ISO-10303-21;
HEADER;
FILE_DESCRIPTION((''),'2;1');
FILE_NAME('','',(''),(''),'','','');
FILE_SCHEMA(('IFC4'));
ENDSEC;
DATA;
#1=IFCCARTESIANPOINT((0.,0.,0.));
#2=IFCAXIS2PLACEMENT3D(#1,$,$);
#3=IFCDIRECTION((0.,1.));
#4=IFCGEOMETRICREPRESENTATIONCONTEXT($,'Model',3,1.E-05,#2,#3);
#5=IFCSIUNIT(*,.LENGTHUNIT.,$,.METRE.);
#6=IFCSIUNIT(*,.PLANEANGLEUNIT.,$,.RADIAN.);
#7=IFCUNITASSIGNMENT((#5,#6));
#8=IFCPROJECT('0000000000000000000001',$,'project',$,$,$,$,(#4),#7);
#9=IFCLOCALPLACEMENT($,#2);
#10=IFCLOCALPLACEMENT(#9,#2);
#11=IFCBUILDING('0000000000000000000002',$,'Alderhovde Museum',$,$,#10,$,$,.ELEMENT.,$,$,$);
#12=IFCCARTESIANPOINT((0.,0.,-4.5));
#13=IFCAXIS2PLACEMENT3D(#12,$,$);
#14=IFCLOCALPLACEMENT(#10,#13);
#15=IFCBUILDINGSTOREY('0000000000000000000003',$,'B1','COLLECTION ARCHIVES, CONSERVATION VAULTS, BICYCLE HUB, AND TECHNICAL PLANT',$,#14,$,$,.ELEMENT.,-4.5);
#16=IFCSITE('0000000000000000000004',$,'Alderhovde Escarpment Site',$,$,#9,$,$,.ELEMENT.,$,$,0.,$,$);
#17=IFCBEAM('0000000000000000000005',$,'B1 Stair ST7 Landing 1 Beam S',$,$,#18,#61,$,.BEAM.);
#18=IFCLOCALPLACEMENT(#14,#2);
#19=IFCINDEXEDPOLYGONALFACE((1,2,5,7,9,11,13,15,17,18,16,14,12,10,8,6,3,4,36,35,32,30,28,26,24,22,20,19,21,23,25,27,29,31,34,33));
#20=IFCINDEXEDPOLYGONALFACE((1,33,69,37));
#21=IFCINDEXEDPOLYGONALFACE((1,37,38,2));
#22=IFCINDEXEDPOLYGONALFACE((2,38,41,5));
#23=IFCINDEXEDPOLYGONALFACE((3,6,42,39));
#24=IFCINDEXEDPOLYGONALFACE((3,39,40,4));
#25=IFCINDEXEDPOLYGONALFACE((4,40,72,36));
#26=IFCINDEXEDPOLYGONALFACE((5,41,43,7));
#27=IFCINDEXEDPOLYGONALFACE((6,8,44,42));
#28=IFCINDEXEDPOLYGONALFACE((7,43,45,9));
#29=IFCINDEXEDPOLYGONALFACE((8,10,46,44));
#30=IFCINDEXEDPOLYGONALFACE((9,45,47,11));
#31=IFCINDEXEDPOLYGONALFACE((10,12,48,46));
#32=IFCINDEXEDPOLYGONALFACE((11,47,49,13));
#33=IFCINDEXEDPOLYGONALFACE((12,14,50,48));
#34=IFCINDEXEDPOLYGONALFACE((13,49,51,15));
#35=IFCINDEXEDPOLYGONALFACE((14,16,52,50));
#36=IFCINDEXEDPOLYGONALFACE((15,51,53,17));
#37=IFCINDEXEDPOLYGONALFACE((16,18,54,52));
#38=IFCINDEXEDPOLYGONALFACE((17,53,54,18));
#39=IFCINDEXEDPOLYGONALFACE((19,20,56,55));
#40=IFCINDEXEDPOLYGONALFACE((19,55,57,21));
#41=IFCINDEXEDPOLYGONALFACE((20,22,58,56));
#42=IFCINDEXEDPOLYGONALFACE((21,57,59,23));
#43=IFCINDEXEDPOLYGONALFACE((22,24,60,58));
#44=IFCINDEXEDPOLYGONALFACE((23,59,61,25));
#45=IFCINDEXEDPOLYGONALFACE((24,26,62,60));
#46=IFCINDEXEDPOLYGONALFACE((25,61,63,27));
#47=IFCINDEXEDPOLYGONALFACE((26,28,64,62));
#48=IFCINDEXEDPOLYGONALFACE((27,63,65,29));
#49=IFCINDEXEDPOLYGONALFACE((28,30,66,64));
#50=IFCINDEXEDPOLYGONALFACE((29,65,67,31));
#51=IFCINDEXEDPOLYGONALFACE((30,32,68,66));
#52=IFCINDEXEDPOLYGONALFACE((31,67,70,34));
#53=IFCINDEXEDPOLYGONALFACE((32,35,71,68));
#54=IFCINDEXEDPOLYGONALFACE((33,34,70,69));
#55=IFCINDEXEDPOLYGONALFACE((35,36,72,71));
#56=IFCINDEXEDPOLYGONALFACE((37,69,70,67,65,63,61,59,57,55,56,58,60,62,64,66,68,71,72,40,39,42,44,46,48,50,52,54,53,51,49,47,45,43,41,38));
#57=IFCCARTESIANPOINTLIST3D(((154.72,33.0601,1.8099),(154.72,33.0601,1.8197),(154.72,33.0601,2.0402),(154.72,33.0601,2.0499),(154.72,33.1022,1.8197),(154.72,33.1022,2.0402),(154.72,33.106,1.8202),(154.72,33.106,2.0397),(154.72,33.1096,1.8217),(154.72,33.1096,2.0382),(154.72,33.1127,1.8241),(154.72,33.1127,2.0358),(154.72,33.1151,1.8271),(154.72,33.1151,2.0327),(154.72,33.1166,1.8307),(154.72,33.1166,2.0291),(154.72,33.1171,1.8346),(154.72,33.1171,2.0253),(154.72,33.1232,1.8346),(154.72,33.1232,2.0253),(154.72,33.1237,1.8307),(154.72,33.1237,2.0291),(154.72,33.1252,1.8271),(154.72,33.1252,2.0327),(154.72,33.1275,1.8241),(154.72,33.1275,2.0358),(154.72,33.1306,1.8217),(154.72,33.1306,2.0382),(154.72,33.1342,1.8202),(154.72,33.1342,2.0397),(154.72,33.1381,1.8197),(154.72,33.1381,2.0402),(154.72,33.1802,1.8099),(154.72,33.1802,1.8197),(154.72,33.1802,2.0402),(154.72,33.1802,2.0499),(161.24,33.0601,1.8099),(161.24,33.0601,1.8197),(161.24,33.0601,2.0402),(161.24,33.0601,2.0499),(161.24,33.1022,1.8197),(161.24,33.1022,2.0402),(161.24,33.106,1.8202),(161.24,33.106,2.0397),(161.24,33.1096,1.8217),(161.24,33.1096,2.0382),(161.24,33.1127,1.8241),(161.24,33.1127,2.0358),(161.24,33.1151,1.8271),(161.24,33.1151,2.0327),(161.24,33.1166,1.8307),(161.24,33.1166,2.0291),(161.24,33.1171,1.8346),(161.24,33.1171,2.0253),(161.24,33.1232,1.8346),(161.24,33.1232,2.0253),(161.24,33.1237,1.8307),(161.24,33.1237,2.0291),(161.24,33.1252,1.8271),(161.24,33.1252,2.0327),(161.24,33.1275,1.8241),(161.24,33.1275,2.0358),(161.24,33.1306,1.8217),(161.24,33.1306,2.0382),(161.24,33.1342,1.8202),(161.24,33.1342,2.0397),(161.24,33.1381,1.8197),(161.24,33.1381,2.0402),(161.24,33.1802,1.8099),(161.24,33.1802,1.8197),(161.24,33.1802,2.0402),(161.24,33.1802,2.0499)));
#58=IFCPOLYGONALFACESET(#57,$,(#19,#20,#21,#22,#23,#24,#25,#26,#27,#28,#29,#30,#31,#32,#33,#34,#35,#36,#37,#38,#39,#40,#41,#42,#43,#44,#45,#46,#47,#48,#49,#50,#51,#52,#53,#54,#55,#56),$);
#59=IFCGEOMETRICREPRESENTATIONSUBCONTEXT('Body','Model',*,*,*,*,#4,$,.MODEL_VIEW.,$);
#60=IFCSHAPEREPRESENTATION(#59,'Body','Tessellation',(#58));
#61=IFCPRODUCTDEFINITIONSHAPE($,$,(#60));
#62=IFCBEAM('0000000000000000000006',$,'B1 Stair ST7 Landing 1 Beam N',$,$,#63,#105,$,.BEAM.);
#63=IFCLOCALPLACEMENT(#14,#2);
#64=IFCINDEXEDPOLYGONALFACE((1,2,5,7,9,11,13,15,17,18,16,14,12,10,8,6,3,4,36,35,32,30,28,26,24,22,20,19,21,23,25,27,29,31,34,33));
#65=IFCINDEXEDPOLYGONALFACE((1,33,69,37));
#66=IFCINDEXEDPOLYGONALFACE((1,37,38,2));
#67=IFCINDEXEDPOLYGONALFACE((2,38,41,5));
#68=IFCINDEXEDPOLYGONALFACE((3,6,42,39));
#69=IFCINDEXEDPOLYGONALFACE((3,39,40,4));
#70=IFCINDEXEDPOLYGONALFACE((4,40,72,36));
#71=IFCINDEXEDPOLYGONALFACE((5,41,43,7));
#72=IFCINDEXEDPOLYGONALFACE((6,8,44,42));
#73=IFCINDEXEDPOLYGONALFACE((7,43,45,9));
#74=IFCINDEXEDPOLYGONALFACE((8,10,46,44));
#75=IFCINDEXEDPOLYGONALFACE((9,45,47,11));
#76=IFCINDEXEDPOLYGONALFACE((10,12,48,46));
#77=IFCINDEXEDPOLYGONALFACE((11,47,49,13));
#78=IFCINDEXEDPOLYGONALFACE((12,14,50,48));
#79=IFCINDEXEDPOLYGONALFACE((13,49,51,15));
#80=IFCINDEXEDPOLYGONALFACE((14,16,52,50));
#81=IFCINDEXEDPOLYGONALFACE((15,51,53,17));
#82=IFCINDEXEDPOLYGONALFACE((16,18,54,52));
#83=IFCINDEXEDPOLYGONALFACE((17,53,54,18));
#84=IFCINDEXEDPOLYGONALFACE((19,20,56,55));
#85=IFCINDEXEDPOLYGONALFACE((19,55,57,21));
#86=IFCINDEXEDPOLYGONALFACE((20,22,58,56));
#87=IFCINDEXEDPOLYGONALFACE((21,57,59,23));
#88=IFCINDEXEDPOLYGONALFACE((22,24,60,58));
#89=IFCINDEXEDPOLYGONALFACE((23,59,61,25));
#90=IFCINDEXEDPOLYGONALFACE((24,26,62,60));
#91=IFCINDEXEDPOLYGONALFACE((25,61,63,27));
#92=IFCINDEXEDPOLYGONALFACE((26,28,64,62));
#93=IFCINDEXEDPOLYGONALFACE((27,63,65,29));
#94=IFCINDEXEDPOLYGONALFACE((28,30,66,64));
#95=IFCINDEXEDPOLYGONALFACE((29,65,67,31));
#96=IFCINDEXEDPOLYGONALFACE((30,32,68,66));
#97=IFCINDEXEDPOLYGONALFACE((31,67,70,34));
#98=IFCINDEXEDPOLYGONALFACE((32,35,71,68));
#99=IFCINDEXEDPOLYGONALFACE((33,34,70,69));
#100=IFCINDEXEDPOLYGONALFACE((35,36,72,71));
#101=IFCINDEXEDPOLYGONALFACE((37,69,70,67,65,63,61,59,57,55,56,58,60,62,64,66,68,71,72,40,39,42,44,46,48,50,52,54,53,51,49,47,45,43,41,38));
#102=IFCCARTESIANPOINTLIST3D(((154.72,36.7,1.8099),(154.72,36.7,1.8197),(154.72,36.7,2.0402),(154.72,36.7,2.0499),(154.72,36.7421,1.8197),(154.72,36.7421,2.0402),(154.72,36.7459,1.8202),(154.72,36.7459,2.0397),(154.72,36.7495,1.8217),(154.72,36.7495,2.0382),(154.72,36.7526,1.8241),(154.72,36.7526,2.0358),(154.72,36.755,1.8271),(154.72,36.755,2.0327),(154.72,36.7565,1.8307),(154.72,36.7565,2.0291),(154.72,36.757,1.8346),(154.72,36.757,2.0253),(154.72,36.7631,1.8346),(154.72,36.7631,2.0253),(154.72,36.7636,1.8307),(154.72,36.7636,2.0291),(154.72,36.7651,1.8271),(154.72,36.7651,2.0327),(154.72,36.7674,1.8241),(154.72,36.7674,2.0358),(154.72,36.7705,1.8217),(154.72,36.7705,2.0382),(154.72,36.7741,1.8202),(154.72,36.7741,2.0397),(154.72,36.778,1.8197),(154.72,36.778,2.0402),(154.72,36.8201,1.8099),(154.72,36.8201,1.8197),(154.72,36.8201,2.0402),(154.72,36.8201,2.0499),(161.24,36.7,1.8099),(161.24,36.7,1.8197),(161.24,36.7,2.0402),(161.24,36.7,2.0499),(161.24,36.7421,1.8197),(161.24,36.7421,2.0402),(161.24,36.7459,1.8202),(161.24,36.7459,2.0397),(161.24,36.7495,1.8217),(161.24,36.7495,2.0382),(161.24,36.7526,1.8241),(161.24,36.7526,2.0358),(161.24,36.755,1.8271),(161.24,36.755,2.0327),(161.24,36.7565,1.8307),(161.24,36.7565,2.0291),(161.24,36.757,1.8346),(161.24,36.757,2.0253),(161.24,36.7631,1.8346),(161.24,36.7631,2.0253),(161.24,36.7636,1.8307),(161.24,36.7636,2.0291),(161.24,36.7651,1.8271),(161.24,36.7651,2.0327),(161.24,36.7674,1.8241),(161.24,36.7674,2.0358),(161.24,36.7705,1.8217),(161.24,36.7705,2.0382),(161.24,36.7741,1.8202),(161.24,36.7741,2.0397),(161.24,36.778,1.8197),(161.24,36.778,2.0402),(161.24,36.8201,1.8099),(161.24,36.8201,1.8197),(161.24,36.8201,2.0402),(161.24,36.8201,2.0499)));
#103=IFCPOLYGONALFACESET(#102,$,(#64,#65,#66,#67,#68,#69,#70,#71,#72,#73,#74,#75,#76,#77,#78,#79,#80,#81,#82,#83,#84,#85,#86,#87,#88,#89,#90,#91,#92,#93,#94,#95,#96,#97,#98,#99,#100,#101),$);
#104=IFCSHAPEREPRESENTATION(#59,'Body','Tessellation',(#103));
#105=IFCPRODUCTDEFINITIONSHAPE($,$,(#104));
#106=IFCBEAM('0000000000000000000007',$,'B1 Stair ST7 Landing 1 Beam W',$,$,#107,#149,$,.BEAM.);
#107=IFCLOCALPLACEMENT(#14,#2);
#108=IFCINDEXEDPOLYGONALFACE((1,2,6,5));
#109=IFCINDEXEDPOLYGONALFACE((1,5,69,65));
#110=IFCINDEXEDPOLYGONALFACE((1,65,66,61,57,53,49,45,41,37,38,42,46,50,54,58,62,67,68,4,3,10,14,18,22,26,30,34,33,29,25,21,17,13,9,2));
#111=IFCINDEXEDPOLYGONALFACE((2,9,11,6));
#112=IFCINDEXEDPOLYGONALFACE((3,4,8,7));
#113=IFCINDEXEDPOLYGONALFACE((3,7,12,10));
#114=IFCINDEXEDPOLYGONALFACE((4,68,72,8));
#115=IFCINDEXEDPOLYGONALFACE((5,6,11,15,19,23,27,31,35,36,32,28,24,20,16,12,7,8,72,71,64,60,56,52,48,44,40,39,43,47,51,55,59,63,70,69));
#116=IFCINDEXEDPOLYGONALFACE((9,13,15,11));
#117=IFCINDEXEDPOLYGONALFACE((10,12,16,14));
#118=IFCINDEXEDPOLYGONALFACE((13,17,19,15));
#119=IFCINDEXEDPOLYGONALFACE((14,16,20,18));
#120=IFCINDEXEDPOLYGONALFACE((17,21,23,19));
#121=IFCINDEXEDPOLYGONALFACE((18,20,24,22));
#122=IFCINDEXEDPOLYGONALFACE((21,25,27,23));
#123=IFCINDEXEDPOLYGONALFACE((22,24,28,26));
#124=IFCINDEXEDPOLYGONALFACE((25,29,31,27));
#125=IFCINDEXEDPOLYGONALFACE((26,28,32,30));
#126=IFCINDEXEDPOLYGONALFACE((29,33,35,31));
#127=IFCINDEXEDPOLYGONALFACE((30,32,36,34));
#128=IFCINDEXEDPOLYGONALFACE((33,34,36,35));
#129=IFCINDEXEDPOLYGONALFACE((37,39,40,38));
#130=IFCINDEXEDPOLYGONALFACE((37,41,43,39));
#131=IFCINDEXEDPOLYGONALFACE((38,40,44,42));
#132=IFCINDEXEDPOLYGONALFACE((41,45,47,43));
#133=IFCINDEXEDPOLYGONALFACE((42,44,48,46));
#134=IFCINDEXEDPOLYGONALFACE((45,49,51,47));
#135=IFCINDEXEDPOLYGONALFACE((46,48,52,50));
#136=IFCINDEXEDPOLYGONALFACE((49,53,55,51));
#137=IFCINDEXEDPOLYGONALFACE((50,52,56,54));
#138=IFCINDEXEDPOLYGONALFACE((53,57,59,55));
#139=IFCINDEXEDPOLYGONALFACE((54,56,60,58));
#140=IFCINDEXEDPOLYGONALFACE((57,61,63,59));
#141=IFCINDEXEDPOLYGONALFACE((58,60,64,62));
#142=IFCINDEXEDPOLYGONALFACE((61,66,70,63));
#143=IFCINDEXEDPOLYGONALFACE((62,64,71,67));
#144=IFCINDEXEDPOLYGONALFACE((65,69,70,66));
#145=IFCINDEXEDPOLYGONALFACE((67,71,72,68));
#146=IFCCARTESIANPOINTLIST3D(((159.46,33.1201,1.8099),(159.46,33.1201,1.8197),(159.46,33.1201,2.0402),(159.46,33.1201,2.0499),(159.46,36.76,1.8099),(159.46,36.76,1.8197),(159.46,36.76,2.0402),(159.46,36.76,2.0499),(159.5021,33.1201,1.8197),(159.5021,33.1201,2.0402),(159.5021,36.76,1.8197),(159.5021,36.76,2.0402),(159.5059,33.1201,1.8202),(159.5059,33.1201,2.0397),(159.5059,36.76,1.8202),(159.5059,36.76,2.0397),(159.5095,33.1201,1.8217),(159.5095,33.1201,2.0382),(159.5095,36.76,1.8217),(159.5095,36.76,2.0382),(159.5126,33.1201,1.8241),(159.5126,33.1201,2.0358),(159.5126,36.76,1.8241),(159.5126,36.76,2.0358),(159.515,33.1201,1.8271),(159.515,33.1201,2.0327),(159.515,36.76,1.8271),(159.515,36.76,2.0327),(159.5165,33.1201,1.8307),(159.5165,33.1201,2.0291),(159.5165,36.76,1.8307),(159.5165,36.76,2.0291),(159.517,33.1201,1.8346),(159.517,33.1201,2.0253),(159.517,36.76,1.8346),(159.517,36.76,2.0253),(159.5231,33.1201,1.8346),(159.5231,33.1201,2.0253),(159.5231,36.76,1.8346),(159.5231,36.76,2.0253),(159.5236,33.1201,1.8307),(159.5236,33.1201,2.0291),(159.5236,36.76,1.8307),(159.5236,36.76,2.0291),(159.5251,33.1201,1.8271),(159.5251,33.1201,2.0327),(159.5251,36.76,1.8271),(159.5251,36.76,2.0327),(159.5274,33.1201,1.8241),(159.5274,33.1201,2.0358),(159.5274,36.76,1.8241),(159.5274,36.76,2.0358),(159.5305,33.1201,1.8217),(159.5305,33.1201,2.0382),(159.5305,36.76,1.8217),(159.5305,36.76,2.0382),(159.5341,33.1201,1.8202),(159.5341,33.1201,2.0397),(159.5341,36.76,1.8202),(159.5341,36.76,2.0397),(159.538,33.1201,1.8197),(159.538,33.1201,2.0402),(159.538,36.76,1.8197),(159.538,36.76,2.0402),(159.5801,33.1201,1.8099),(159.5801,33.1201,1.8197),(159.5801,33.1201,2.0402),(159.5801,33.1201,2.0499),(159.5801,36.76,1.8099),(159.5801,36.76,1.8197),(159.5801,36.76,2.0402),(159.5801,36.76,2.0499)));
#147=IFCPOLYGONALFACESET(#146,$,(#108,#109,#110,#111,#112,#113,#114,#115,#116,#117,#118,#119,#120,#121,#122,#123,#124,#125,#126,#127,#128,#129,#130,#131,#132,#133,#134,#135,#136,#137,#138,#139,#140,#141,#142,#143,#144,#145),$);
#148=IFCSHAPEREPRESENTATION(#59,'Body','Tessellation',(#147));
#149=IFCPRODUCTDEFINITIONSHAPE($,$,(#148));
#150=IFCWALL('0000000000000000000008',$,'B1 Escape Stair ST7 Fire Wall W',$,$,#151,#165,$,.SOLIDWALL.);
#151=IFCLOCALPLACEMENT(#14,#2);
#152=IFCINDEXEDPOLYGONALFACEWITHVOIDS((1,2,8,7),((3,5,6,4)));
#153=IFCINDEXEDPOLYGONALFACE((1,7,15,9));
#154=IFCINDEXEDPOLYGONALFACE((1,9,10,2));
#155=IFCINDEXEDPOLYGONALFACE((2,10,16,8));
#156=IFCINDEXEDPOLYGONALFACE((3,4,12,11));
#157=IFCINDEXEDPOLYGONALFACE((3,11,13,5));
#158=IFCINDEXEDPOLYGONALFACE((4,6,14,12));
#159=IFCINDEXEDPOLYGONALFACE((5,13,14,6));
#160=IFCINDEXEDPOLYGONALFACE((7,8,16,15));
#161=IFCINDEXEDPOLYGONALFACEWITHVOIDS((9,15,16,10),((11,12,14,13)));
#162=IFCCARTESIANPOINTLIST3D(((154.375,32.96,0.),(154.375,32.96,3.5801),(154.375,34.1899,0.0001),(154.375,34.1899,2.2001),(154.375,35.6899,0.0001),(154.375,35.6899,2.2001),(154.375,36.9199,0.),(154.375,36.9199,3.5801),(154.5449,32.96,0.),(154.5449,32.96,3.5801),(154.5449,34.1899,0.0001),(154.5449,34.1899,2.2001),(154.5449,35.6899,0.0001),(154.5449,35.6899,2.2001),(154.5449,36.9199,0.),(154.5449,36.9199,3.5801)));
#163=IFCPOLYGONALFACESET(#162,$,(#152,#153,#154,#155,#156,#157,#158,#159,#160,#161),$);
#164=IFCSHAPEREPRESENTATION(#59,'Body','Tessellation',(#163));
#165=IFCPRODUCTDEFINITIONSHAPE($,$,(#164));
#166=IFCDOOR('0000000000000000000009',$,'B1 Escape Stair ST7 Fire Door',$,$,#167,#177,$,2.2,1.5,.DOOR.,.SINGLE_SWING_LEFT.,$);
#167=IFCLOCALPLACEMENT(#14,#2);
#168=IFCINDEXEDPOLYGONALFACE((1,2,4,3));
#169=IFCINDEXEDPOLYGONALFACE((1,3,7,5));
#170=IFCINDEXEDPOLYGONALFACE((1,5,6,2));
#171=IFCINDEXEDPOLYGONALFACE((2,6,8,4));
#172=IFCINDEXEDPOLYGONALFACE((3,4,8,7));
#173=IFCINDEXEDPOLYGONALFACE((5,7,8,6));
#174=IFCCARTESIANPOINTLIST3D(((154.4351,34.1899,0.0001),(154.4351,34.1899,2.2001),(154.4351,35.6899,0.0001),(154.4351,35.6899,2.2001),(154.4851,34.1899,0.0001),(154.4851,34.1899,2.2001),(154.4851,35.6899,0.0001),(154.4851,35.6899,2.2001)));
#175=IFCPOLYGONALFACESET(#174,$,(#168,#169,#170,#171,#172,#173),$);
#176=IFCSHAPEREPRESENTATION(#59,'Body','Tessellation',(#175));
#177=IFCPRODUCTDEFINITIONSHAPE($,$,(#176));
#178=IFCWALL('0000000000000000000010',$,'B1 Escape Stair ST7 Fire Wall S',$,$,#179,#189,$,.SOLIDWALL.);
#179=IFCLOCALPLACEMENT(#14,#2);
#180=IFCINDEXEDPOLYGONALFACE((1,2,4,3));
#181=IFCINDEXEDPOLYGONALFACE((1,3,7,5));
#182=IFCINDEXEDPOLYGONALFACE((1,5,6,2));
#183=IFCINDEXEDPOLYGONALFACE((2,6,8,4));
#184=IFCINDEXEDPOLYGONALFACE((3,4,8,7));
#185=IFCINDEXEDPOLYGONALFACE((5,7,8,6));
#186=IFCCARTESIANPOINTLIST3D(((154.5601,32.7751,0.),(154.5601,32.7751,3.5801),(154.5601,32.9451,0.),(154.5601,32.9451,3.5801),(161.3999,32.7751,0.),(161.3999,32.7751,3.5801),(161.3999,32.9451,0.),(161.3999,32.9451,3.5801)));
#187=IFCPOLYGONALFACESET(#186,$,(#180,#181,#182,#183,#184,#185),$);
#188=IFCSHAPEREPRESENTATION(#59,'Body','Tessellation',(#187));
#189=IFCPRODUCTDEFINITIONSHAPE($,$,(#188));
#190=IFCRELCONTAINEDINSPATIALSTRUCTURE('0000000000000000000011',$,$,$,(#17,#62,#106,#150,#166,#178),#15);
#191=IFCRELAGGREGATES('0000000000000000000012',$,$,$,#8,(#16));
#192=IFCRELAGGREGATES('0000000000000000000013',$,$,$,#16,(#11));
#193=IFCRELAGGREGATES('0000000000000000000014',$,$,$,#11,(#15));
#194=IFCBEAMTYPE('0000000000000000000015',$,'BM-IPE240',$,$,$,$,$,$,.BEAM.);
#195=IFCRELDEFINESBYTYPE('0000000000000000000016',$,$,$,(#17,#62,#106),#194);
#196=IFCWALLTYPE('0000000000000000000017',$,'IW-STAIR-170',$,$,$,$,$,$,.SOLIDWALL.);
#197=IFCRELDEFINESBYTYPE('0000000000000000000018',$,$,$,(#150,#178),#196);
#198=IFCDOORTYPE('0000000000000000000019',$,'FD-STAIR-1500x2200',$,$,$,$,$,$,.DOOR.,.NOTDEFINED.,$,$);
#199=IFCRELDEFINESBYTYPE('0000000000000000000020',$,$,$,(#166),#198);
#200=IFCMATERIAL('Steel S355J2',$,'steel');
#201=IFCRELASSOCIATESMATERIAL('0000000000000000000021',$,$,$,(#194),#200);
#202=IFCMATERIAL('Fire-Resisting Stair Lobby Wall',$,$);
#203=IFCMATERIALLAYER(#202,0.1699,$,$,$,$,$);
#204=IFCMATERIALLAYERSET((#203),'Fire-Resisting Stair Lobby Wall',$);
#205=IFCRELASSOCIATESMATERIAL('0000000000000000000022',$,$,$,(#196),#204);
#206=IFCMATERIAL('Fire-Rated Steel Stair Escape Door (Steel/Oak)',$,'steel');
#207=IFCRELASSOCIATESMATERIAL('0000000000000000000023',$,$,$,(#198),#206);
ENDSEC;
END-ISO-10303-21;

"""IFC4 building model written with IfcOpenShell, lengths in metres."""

from ifc_helpers import new_model, si_unit, direction, frame, frame_2d, origin, origin_2d, place, context, subcontext, project, spatial, rectangle, i_section, extrude, material, layer, layer_set, material_profile, profile_set, type_object, element, fill, save


model = new_model("IFC4")

# Units and contexts
model_context = context("Model", 3, precision=1e-05, world=origin(), true_north=direction((0.0, 1.0)))
body_context = subcontext(model_context, "Body", "Model", "MODEL_VIEW")
ifc_project = project(units=[si_unit("LENGTHUNIT", "METRE"), si_unit("PLANEANGLEUNIT", "RADIAN")], contexts=[model_context])

# Site, building, storey
site_placement = place(None, origin())
site = spatial("IfcSite", under=ifc_project, at=site_placement, Name="Alderhovde Escarpment Site", CompositionType="ELEMENT", RefElevation=0.0)
building_placement = place(site_placement, origin())
building = spatial("IfcBuilding", under=site, at=building_placement, Name="Alderhovde Museum", CompositionType="ELEMENT")
storey_placement = place(building_placement, frame((0.0, 0.0, -4.5)))
storey = spatial("IfcBuildingStorey", under=building, at=storey_placement, Name="B1", Description="COLLECTION ARCHIVES, CONSERVATION VAULTS, BICYCLE HUB, AND TECHNICAL PLANT", CompositionType="ELEMENT", Elevation=-4.5)

# Beams
ifc_material_1 = material(Name="Steel S355J2", Category="steel")
ifc_material_profile_1 = material_profile(ifc_material_1, i_section(OverallWidth=0.1201, OverallDepth=0.24, WebThickness=0.0061, FlangeThickness=0.0098, FilletRadius=0.0149, at=origin_2d()), Name="IPE 240")
ifc_profile_set_1 = profile_set([ifc_material_profile_1], Name="Steel S355J2")
beam_type = type_object("IfcBeamType", Name="BM-IPE240", PredefinedType="BEAM", material=ifc_profile_set_1)
for number, where, z_axis, x_axis, name in (
    (1, (154.72, 33.1201, 1.9299), (1.0, 0.0, 0.0), (0.0, 1.0, 0.0), "B1 Stair ST7 Landing 1 Beam S"),
    (2, (154.72, 36.76, 1.9299), (1.0, 0.0, 0.0), (0.0, 1.0, 0.0), "B1 Stair ST7 Landing 1 Beam N"),
):
    element("IfcBeam", number, at=place(storey_placement, frame(where, z_axis=z_axis, x_axis=x_axis)), inside=storey, type_object=beam_type, Name=name, PredefinedType="BEAM", context=body_context, shape_type="SweptSolid", body=[
        extrude(i_section(OverallWidth=0.1201, OverallDepth=0.24, WebThickness=0.0061, FlangeThickness=0.0098, FilletRadius=0.0149, at=origin_2d()), origin(), (0.0, 0.0, 1.0), 6.52),
    ])
beam_placement = place(storey_placement, frame((159.52, 33.1201, 1.9299), z_axis=(0.0, 1.0, 0.0), x_axis=(-1.0, 0.0, 0.0)))
element("IfcBeam", 3, at=beam_placement, inside=storey, type_object=beam_type, Name="B1 Stair ST7 Landing 1 Beam W", PredefinedType="BEAM", context=body_context, shape_type="SweptSolid", body=[
    extrude(i_section(OverallWidth=0.1201, OverallDepth=0.24, WebThickness=0.0061, FlangeThickness=0.0098, FilletRadius=0.0149, at=origin_2d()), origin(), (0.0, 0.0, 1.0), 3.6399),
])

# Wall, opening, door
ifc_material_2 = material(Name="Fire-Resisting Stair Lobby Wall")
ifc_layer_1 = layer(ifc_material_2, 0.1699)
ifc_layer_set_1 = layer_set([ifc_layer_1], Name="Fire-Resisting Stair Lobby Wall")
wall_type_1 = type_object("IfcWallType", Name="IW-STAIR-170", PredefinedType="SOLIDWALL", material=ifc_layer_set_1)
wall_1_placement = place(storey_placement, frame((154.46, 32.96, 0.0), z_axis=(0.0, 0.0, 1.0), x_axis=(0.0, 1.0, 0.0)))
wall_1 = element("IfcWall", 4, at=wall_1_placement, inside=storey, type_object=wall_type_1, Name="B1 Escape Stair ST7 Fire Wall W", PredefinedType="SOLIDWALL", context=body_context, shape_type="SweptSolid", body=[
    extrude(rectangle(XDim=3.96, YDim=0.1699, at=frame_2d((1.98, 0.0))), origin(), (0.0, 0.0, 1.0), 3.5801),
])
opening_placement = place(wall_1_placement, frame((1.23, 0.0, 0.0)))
opening = element("IfcOpeningElement", 5, at=opening_placement, cuts=wall_1, PredefinedType="OPENING", context=body_context, shape_type="SweptSolid", body=[
    extrude(rectangle(XDim=1.5, YDim=2.2, at=frame_2d((0.75, 1.1001))), frame((0.0, 0.095, 0.0), z_axis=(0.0, -1.0, 0.0), x_axis=(1.0, 0.0, 0.0)), (0.0, 0.0, 1.0), 0.1899),
])
ifc_material_3 = material(Name="Fire-Rated Steel Stair Escape Door (Steel/Oak)", Category="steel")
door_type = type_object("IfcDoorType", Name="FD-STAIR-1500x2200", OperationType="NOTDEFINED", PredefinedType="DOOR", material=ifc_material_3)
door_placement = place(opening_placement, origin())
door = element("IfcDoor", 6, at=door_placement, inside=storey, type_object=door_type, Name="B1 Escape Stair ST7 Fire Door", OperationType="SINGLE_SWING_LEFT", OverallHeight=2.2, OverallWidth=1.5, PredefinedType="DOOR", context=body_context, shape_type="SweptSolid", body=[
    extrude(rectangle(XDim=1.5, YDim=2.2, at=frame_2d((0.75, 1.1001))), frame((0.0, 0.0249, 0.0), z_axis=(0.0, -1.0, 0.0), x_axis=(1.0, 0.0, 0.0)), (0.0, 0.0, 1.0), 0.05),
])
fill(opening, door)

# Wall
wall_2_placement = place(storey_placement, frame((154.5601, 32.8601, 0.0), z_axis=(0.0, 0.0, 1.0), x_axis=(1.0, 0.0, 0.0)))
element("IfcWall", 7, at=wall_2_placement, inside=storey, type_object=wall_type_1, Name="B1 Escape Stair ST7 Fire Wall S", PredefinedType="SOLIDWALL", context=body_context, shape_type="SweptSolid", body=[
    extrude(rectangle(XDim=6.8398, YDim=0.1699, at=frame_2d((3.4199, 0.0))), origin(), (0.0, 0.0, 1.0), 3.5801),
])

save(model, "model.ifc")
